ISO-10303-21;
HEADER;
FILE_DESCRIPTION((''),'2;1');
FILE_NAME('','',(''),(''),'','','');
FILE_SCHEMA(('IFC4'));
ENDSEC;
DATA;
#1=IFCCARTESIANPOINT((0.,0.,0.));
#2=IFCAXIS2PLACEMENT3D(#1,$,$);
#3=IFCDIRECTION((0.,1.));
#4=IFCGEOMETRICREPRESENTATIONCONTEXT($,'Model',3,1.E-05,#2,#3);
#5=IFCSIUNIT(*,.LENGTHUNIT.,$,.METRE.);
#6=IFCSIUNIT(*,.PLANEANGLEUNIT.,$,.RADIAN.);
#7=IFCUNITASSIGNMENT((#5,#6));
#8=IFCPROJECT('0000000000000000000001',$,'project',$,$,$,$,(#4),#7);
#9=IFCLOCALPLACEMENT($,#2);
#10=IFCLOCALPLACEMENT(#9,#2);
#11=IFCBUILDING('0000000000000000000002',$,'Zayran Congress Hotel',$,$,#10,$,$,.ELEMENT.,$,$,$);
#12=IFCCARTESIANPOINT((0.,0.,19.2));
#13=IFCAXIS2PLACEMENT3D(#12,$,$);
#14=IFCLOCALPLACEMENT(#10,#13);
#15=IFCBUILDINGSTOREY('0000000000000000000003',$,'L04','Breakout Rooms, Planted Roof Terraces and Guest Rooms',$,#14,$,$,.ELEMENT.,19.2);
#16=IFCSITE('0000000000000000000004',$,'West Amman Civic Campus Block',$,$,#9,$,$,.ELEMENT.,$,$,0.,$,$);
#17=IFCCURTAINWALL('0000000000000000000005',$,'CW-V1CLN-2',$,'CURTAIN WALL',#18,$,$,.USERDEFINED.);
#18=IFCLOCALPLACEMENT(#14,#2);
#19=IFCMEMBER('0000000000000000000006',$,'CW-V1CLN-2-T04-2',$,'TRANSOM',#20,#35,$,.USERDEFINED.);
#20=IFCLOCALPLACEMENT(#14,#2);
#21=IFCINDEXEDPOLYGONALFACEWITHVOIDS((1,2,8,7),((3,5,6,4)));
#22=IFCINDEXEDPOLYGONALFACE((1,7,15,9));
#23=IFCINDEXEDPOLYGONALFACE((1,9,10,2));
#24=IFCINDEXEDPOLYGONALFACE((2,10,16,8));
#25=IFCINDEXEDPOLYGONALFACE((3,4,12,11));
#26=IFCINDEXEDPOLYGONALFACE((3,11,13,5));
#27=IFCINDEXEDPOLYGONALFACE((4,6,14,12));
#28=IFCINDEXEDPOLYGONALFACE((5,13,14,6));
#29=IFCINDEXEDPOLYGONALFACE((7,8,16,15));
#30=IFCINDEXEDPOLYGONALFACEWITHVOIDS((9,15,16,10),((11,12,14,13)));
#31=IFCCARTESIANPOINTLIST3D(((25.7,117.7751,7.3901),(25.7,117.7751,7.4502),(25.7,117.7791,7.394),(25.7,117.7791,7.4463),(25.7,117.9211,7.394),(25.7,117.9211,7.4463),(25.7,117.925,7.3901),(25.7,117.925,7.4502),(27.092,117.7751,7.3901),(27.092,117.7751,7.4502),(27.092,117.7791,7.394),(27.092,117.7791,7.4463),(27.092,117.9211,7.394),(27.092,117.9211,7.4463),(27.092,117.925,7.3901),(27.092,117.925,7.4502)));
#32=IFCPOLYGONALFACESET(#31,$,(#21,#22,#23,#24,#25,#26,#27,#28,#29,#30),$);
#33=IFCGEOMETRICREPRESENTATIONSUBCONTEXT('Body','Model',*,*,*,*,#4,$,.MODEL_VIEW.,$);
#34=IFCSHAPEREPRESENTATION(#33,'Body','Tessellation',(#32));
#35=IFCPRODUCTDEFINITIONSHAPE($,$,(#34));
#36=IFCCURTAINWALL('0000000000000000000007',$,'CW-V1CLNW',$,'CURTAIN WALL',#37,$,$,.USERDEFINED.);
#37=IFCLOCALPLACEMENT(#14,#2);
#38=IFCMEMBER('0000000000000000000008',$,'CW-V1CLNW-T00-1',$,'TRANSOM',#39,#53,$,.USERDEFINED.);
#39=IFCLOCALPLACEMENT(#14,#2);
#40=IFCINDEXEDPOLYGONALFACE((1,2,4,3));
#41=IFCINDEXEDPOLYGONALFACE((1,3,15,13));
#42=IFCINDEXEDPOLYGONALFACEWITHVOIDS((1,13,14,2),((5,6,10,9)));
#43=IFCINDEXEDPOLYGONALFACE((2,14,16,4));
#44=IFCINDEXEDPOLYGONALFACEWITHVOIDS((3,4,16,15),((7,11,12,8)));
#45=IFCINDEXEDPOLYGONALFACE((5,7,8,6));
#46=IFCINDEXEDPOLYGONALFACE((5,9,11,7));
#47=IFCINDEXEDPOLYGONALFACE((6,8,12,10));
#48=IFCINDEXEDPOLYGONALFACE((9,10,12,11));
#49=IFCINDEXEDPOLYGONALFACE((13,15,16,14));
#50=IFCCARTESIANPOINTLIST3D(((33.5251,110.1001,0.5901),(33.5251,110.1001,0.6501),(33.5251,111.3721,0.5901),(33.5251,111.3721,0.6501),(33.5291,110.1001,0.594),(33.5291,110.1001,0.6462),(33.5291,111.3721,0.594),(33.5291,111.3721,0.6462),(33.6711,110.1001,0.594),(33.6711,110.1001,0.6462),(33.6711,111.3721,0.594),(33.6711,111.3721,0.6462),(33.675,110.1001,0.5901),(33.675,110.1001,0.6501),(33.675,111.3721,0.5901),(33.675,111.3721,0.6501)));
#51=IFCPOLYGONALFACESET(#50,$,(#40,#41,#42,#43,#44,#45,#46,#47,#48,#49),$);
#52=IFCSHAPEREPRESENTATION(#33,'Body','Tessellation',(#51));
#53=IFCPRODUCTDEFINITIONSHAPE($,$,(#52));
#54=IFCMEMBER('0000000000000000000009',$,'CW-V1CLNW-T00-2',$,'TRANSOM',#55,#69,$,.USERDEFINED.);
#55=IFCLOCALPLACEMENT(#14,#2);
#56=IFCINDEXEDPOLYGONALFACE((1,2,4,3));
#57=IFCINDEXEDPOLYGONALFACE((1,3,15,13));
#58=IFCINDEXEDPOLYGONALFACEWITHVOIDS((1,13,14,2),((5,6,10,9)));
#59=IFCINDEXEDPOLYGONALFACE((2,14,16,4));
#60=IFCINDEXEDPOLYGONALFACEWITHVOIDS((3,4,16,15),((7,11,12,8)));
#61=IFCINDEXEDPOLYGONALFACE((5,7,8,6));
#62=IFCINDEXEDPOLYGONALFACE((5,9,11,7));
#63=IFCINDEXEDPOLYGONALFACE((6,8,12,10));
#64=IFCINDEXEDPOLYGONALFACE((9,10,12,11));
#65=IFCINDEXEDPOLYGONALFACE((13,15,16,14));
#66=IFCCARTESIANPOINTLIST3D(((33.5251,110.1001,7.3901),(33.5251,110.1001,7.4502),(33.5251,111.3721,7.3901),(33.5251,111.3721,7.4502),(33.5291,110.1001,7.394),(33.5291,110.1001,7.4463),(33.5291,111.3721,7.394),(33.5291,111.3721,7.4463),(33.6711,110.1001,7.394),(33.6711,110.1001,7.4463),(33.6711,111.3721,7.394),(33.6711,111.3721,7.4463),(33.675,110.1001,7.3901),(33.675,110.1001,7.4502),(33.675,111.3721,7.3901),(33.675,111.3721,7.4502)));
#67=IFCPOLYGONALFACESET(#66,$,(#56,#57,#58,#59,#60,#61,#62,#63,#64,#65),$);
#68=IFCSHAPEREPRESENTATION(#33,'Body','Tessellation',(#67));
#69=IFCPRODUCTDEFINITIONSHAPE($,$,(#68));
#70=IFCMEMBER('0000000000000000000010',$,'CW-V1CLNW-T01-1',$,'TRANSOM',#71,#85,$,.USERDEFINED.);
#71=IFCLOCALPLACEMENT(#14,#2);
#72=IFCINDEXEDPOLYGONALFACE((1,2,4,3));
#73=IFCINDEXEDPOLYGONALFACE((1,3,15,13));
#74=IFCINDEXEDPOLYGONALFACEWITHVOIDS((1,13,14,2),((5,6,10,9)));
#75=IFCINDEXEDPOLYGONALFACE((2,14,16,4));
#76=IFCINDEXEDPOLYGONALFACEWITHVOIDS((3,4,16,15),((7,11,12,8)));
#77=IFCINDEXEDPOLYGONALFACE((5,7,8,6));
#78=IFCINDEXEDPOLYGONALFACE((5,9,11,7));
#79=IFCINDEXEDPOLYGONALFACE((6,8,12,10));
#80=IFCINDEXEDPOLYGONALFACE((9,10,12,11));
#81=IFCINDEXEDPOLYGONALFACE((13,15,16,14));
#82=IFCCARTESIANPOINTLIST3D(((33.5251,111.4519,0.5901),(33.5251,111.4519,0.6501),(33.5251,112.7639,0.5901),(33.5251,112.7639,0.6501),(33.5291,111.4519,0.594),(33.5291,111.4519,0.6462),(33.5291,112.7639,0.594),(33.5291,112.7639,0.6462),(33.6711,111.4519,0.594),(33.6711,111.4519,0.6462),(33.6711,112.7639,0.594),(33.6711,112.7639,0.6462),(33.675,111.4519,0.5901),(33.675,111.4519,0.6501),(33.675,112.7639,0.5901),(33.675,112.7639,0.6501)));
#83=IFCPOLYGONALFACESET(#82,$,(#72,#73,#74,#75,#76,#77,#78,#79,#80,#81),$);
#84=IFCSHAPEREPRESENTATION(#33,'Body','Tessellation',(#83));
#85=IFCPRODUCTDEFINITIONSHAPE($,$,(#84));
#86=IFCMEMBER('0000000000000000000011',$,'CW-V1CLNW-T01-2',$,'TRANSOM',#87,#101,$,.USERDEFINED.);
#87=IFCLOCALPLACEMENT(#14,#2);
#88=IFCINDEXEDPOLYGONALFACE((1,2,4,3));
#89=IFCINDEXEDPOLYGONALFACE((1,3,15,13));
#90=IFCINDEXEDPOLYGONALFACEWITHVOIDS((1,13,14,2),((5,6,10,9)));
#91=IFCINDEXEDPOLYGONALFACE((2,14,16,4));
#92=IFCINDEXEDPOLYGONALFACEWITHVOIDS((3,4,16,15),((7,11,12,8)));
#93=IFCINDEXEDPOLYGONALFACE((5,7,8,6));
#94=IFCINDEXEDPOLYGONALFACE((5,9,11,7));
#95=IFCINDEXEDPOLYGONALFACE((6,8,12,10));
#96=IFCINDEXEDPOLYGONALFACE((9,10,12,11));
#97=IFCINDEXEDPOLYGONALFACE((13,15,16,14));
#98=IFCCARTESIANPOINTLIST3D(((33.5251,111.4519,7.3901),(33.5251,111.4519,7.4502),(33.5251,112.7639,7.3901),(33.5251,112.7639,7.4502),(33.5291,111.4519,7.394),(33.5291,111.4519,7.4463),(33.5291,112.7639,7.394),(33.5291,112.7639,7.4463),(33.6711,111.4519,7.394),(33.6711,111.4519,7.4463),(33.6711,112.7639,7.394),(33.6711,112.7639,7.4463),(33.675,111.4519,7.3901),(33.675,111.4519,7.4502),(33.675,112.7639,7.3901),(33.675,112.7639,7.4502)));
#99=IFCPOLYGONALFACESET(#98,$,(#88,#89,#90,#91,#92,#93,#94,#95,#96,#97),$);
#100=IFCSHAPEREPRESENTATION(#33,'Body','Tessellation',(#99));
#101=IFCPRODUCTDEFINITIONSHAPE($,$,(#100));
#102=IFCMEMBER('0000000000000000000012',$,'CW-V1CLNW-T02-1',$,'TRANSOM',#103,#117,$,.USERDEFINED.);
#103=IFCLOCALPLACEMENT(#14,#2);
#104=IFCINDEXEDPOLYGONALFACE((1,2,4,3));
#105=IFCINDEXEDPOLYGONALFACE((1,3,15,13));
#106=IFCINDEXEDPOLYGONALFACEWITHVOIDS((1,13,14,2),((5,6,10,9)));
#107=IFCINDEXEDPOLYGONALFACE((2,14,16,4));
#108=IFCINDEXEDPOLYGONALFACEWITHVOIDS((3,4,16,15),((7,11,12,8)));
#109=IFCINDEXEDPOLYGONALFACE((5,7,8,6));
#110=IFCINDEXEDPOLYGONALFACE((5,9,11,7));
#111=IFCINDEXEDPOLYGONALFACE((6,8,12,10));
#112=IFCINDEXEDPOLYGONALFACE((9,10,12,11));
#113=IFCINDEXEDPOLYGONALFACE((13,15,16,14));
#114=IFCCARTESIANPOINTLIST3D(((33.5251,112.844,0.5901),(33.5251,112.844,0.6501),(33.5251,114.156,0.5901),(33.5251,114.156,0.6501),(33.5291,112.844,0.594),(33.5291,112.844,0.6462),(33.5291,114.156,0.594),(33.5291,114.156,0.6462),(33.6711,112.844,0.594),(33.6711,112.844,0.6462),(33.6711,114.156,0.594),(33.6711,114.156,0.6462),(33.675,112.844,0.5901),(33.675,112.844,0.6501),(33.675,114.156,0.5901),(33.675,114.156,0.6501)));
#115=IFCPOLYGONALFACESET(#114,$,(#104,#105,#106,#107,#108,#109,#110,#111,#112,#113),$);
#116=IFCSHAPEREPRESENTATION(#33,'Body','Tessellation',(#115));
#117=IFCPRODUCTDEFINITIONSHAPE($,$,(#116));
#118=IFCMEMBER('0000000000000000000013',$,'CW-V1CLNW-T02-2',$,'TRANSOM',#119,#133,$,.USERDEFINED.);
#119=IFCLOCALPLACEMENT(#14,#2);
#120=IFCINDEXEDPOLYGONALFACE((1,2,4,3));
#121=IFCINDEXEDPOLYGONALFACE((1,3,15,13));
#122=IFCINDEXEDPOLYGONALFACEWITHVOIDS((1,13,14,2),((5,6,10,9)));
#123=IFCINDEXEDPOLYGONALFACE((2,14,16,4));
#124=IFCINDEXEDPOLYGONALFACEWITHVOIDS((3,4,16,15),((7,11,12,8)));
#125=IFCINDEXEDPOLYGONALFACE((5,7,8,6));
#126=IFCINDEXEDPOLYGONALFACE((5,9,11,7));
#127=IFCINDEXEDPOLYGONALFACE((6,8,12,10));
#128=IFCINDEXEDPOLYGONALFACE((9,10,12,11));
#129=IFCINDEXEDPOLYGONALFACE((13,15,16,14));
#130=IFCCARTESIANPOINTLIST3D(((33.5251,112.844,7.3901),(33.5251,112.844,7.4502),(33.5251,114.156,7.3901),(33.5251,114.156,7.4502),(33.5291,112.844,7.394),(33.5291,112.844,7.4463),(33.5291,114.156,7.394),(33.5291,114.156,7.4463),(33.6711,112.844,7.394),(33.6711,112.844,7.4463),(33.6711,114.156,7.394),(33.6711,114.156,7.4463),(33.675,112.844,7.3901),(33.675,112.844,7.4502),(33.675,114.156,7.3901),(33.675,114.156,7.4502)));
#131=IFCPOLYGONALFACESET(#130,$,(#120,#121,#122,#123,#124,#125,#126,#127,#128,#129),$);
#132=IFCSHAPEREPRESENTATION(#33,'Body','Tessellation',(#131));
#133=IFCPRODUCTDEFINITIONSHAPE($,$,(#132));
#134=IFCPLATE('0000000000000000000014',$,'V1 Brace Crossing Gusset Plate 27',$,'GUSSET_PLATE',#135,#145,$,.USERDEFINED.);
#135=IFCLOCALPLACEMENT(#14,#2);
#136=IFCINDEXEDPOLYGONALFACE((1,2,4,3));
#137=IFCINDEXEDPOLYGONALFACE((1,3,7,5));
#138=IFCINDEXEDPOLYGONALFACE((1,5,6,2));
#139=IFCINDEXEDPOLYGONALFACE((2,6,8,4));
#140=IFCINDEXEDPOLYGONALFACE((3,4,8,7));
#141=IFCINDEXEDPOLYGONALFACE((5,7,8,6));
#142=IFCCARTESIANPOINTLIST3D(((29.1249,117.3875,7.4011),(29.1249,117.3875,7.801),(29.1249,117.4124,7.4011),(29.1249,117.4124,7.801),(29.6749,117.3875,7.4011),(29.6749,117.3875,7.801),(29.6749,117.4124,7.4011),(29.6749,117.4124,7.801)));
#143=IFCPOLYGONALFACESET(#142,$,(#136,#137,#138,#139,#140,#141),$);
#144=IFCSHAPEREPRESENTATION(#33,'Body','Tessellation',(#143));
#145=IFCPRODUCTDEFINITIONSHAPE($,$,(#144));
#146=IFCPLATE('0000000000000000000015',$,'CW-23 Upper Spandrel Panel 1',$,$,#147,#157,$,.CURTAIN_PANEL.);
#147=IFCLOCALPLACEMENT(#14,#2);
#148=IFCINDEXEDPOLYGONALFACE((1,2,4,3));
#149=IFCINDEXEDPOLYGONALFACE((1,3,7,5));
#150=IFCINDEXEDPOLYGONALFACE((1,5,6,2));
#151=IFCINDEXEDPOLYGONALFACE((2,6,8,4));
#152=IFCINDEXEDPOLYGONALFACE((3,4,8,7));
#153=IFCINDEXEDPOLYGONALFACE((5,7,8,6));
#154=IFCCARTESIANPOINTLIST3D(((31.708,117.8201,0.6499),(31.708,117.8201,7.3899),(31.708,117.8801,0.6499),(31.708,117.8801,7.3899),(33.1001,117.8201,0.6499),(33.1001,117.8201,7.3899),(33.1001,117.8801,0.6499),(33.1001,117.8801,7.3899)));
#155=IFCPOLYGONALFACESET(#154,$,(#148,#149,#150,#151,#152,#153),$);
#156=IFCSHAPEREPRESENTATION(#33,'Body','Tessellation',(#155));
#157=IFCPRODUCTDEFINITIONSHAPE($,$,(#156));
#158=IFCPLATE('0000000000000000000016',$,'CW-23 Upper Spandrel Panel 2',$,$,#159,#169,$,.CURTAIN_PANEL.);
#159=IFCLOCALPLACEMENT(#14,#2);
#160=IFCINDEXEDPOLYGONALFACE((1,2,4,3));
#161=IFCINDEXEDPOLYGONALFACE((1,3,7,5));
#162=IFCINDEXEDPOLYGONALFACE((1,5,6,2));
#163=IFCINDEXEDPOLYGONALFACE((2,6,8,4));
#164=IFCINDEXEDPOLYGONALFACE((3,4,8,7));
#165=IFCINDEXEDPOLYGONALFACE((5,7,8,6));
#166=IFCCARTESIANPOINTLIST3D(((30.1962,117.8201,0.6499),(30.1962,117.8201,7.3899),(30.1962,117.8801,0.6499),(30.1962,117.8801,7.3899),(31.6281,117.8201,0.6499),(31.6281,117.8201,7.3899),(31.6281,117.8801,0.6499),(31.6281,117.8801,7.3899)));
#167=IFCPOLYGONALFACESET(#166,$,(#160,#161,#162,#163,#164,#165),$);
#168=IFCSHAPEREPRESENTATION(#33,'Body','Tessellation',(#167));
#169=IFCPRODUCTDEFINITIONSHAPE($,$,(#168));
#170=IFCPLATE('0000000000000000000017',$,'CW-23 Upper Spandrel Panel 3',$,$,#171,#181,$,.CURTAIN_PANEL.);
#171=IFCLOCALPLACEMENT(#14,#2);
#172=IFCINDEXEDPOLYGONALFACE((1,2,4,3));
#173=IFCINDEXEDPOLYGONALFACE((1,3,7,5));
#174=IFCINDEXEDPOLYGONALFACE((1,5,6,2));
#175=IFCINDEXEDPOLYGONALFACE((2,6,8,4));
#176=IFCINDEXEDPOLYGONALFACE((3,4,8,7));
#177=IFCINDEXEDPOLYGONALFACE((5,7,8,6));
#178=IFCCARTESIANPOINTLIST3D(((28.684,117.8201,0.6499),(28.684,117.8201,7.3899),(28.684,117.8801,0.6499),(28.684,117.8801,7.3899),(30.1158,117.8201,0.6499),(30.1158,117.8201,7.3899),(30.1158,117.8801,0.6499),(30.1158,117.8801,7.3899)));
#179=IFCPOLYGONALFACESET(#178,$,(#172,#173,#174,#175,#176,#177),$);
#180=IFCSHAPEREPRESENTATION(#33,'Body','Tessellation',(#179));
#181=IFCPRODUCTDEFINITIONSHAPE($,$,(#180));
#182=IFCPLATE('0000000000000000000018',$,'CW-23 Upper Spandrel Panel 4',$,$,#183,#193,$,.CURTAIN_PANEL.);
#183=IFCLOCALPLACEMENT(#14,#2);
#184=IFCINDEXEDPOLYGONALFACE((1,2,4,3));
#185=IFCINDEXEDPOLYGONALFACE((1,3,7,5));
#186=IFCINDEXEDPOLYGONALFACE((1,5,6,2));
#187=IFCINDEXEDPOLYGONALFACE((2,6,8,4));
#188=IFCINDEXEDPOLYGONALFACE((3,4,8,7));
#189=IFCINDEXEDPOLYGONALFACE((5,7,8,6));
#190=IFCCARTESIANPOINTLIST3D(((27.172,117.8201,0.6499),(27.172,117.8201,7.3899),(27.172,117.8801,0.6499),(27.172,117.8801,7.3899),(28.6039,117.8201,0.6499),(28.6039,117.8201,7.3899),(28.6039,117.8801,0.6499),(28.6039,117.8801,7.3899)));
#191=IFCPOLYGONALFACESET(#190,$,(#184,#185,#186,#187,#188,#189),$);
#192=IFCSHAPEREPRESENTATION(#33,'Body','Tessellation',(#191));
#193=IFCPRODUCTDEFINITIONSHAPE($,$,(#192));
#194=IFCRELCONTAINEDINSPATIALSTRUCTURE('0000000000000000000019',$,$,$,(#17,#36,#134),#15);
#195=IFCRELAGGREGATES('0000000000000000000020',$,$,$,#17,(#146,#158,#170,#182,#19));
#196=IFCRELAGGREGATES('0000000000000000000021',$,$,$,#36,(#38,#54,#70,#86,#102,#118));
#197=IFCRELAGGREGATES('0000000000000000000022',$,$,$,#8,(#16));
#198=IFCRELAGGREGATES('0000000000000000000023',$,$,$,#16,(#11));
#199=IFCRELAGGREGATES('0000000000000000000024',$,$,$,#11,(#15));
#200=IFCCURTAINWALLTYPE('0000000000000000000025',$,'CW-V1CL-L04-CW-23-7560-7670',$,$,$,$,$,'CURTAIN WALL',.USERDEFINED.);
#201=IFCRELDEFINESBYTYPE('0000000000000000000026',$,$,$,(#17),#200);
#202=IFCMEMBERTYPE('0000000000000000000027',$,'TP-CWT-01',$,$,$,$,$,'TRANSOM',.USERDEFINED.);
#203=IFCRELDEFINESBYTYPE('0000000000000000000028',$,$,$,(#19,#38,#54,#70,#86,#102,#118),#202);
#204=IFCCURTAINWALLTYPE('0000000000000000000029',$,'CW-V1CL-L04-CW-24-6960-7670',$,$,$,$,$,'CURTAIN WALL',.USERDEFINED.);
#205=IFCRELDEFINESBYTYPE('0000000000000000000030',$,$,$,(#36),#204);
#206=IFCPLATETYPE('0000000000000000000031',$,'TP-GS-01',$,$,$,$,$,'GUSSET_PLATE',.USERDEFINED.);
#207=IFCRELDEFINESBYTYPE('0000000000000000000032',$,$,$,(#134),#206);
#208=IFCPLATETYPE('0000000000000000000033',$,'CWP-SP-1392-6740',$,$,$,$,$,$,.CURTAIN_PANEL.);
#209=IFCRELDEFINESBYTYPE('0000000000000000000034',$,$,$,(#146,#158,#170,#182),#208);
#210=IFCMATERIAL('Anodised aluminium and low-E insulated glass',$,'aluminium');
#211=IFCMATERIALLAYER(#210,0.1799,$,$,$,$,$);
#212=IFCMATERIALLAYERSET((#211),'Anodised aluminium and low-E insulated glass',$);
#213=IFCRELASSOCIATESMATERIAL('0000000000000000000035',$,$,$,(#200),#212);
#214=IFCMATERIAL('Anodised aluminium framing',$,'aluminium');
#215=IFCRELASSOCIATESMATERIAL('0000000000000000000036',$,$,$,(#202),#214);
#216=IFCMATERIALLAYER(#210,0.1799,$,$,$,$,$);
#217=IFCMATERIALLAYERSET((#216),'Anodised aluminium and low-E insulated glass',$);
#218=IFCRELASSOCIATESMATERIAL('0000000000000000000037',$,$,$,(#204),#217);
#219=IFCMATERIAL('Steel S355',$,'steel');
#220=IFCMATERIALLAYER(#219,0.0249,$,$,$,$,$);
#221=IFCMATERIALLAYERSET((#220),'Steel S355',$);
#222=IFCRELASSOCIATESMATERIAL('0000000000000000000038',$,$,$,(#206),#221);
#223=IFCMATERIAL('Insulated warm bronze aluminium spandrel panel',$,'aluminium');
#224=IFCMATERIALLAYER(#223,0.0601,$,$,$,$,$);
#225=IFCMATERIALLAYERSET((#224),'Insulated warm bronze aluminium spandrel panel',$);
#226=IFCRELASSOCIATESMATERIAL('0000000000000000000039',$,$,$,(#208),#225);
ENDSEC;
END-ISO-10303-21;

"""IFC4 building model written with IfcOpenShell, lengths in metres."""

from ifc_helpers import new_model, si_unit, direction, frame, origin, origin_2d, place, context, subcontext, project, spatial, rectangle, hollow_rectangle, extrude, material, layer, layer_set, material_profile, profile_set, type_object, element, aggregate, save


model = new_model("IFC4")

# Units and contexts
model_context = context("Model", 3, precision=1e-05, world=origin(), true_north=direction((0.0, 1.0)))
body_context = subcontext(model_context, "Body", "Model", "MODEL_VIEW")
ifc_project = project(units=[si_unit("LENGTHUNIT", "METRE"), si_unit("PLANEANGLEUNIT", "RADIAN")], contexts=[model_context])

# Site, building, storey
site_placement = place(None, origin())
site = spatial("IfcSite", under=ifc_project, at=site_placement, Name="West Amman Civic Campus Block", CompositionType="ELEMENT", RefElevation=0.0)
building_placement = place(site_placement, origin())
building = spatial("IfcBuilding", under=site, at=building_placement, Name="Zayran Congress Hotel", CompositionType="ELEMENT")
storey_placement = place(building_placement, frame((0.0, 0.0, 19.2)))
storey = spatial("IfcBuildingStorey", under=building, at=storey_placement, Name="L04", Description="Breakout Rooms, Planted Roof Terraces and Guest Rooms", CompositionType="ELEMENT", Elevation=19.2)

# Shared definitions
ifc_material_1 = material(Name="Steel S355", Category="steel")

# Curtain walls, members
ifc_material_2 = material(Name="Anodised aluminium and low-E insulated glass", Category="aluminium")
ifc_layer_1 = layer(ifc_material_2, 0.1799)
ifc_layer_set_1 = layer_set([ifc_layer_1], Name="Anodised aluminium and low-E insulated glass")
curtain_wall_type_1 = type_object("IfcCurtainWallType", Name="CW-V1CL-L04-CW-23-7560-7670", ElementType="CURTAIN WALL", PredefinedType="USERDEFINED", material=ifc_layer_set_1)
curtain_wall_1_placement = place(storey_placement, origin())
curtain_wall_1 = element("IfcCurtainWall", 1, at=curtain_wall_1_placement, inside=storey, type_object=curtain_wall_type_1, Name="CW-V1CLN-2", ObjectType="CURTAIN WALL", PredefinedType="USERDEFINED")
ifc_material_3 = material(Name="Anodised aluminium framing", Category="aluminium")
ifc_material_profile_1 = material_profile(ifc_material_3, hollow_rectangle(XDim=0.0601, YDim=0.1499, WallThickness=0.0039, at=origin_2d()), Name="RHS 150x60x4")
ifc_profile_set_1 = profile_set([ifc_material_profile_1], Name="Anodised aluminium framing")
member_type_1 = type_object("IfcMemberType", Name="TP-CWT-01", ElementType="TRANSOM", PredefinedType="USERDEFINED", material=ifc_profile_set_1)
member_1_placement = place(storey_placement, frame((27.092, 117.8501, 7.4202), z_axis=(-1.0, 0.0, 0.0), x_axis=(0.0, 0.0, 1.0)))
member_1 = element("IfcMember", 2, at=member_1_placement, type_object=member_type_1, Name="CW-V1CLN-2-T04-2", ObjectType="TRANSOM", PredefinedType="USERDEFINED", context=body_context, shape_type="SweptSolid", body=[
    extrude(hollow_rectangle(XDim=0.0601, YDim=0.1499, WallThickness=0.0039, at=origin_2d()), origin(), (0.0, 0.0, 1.0), 1.3921),
])
ifc_layer_2 = layer(ifc_material_2, 0.1799)
ifc_layer_set_2 = layer_set([ifc_layer_2], Name="Anodised aluminium and low-E insulated glass")
curtain_wall_type_2 = type_object("IfcCurtainWallType", Name="CW-V1CL-L04-CW-24-6960-7670", ElementType="CURTAIN WALL", PredefinedType="USERDEFINED", material=ifc_layer_set_2)
curtain_wall_2_placement = place(storey_placement, origin())
curtain_wall_2 = element("IfcCurtainWall", 3, at=curtain_wall_2_placement, inside=storey, type_object=curtain_wall_type_2, Name="CW-V1CLNW", ObjectType="CURTAIN WALL", PredefinedType="USERDEFINED")
member_2_placement = place(storey_placement, frame((33.6001, 110.1001, 0.6201), z_axis=(0.0, 1.0, 0.0), x_axis=(0.0, 0.0, 1.0)))
member_2 = element("IfcMember", 4, at=member_2_placement, type_object=member_type_1, Name="CW-V1CLNW-T00-1", ObjectType="TRANSOM", PredefinedType="USERDEFINED", context=body_context, shape_type="SweptSolid", body=[
    extrude(hollow_rectangle(XDim=0.0601, YDim=0.1499, WallThickness=0.0039, at=origin_2d()), origin(), (0.0, 0.0, 1.0), 1.272),
])
member_3_placement = place(storey_placement, frame((33.6001, 110.1001, 7.4202), z_axis=(0.0, 1.0, 0.0), x_axis=(0.0, 0.0, 1.0)))
member_3 = element("IfcMember", 5, at=member_3_placement, type_object=member_type_1, Name="CW-V1CLNW-T00-2", ObjectType="TRANSOM", PredefinedType="USERDEFINED", context=body_context, shape_type="SweptSolid", body=[
    extrude(hollow_rectangle(XDim=0.0601, YDim=0.1499, WallThickness=0.0039, at=origin_2d()), origin(), (0.0, 0.0, 1.0), 1.272),
])
member_4_placement = place(storey_placement, frame((33.6001, 111.4519, 0.6201), z_axis=(0.0, 1.0, 0.0), x_axis=(0.0, 0.0, 1.0)))
member_4 = element("IfcMember", 6, at=member_4_placement, type_object=member_type_1, Name="CW-V1CLNW-T01-1", ObjectType="TRANSOM", PredefinedType="USERDEFINED", context=body_context, shape_type="SweptSolid", body=[
    extrude(hollow_rectangle(XDim=0.0601, YDim=0.1499, WallThickness=0.0039, at=origin_2d()), origin(), (0.0, 0.0, 1.0), 1.312),
])
member_5_placement = place(storey_placement, frame((33.6001, 111.4519, 7.4202), z_axis=(0.0, 1.0, 0.0), x_axis=(0.0, 0.0, 1.0)))
member_5 = element("IfcMember", 7, at=member_5_placement, type_object=member_type_1, Name="CW-V1CLNW-T01-2", ObjectType="TRANSOM", PredefinedType="USERDEFINED", context=body_context, shape_type="SweptSolid", body=[
    extrude(hollow_rectangle(XDim=0.0601, YDim=0.1499, WallThickness=0.0039, at=origin_2d()), origin(), (0.0, 0.0, 1.0), 1.312),
])
member_6_placement = place(storey_placement, frame((33.6001, 112.844, 0.6201), z_axis=(0.0, 1.0, 0.0), x_axis=(0.0, 0.0, 1.0)))
member_6 = element("IfcMember", 8, at=member_6_placement, type_object=member_type_1, Name="CW-V1CLNW-T02-1", ObjectType="TRANSOM", PredefinedType="USERDEFINED", context=body_context, shape_type="SweptSolid", body=[
    extrude(hollow_rectangle(XDim=0.0601, YDim=0.1499, WallThickness=0.0039, at=origin_2d()), origin(), (0.0, 0.0, 1.0), 1.312),
])
member_7_placement = place(storey_placement, frame((33.6001, 112.844, 7.4202), z_axis=(0.0, 1.0, 0.0), x_axis=(0.0, 0.0, 1.0)))
member_7 = element("IfcMember", 9, at=member_7_placement, type_object=member_type_1, Name="CW-V1CLNW-T02-2", ObjectType="TRANSOM", PredefinedType="USERDEFINED", context=body_context, shape_type="SweptSolid", body=[
    extrude(hollow_rectangle(XDim=0.0601, YDim=0.1499, WallThickness=0.0039, at=origin_2d()), origin(), (0.0, 0.0, 1.0), 1.312),
])

# Plates
ifc_layer_3 = layer(ifc_material_1, 0.0249)
ifc_layer_set_3 = layer_set([ifc_layer_3], Name="Steel S355")
plate_type_1 = type_object("IfcPlateType", Name="TP-GS-01", ElementType="GUSSET_PLATE", PredefinedType="USERDEFINED", material=ifc_layer_set_3)
plate_1_placement = place(storey_placement, frame((29.3999, 117.3999, 7.4011), z_axis=(0.0, 0.0, 1.0), x_axis=(1.0, 0.0, 0.0)))
element("IfcPlate", 10, at=plate_1_placement, inside=storey, type_object=plate_type_1, Name="V1 Brace Crossing Gusset Plate 27", ObjectType="GUSSET_PLATE", PredefinedType="USERDEFINED", context=body_context, shape_type="SweptSolid", body=[
    extrude(rectangle(XDim=0.55, YDim=0.0249, at=origin_2d()), origin(), (0.0, 0.0, 1.0), 0.3999),
])
ifc_material_4 = material(Name="Insulated warm bronze aluminium spandrel panel", Category="aluminium")
ifc_layer_4 = layer(ifc_material_4, 0.0601)
ifc_layer_set_4 = layer_set([ifc_layer_4], Name="Insulated warm bronze aluminium spandrel panel")
plate_type_2 = type_object("IfcPlateType", Name="CWP-SP-1392-6740", PredefinedType="CURTAIN_PANEL", material=ifc_layer_set_4)
plate_2_placement = place(storey_placement, frame((32.4041, 117.8501, 0.6499), z_axis=(0.0, 0.0, 1.0), x_axis=(1.0, 0.0, 0.0)))
plate_2 = element("IfcPlate", 11, at=plate_2_placement, type_object=plate_type_2, Name="CW-23 Upper Spandrel Panel 1", PredefinedType="CURTAIN_PANEL", context=body_context, shape_type="SweptSolid", body=[
    extrude(rectangle(XDim=1.3921, YDim=0.0601, at=origin_2d()), origin(), (0.0, 0.0, 1.0), 6.74),
])
plate_3_placement = place(storey_placement, frame((30.9121, 117.8501, 0.6499), z_axis=(0.0, 0.0, 1.0), x_axis=(1.0, 0.0, 0.0)))
plate_3 = element("IfcPlate", 12, at=plate_3_placement, type_object=plate_type_2, Name="CW-23 Upper Spandrel Panel 2", PredefinedType="CURTAIN_PANEL", context=body_context, shape_type="SweptSolid", body=[
    extrude(rectangle(XDim=1.4319, YDim=0.0601, at=origin_2d()), origin(), (0.0, 0.0, 1.0), 6.74),
])
plate_4_placement = place(storey_placement, frame((29.3999, 117.8501, 0.6499), z_axis=(0.0, 0.0, 1.0), x_axis=(1.0, 0.0, 0.0)))
plate_4 = element("IfcPlate", 13, at=plate_4_placement, type_object=plate_type_2, Name="CW-23 Upper Spandrel Panel 3", PredefinedType="CURTAIN_PANEL", context=body_context, shape_type="SweptSolid", body=[
    extrude(rectangle(XDim=1.4319, YDim=0.0601, at=origin_2d()), origin(), (0.0, 0.0, 1.0), 6.74),
])
plate_5_placement = place(storey_placement, frame((27.8879, 117.8501, 0.6499), z_axis=(0.0, 0.0, 1.0), x_axis=(1.0, 0.0, 0.0)))
plate_5 = element("IfcPlate", 14, at=plate_5_placement, type_object=plate_type_2, Name="CW-23 Upper Spandrel Panel 4", PredefinedType="CURTAIN_PANEL", context=body_context, shape_type="SweptSolid", body=[
    extrude(rectangle(XDim=1.4319, YDim=0.0601, at=origin_2d()), origin(), (0.0, 0.0, 1.0), 6.74),
])
aggregate(curtain_wall_1, [plate_2, plate_3, plate_4, plate_5, member_1])
aggregate(curtain_wall_2, [member_2, member_3, member_4, member_5, member_6, member_7])

save(model, "model.ifc")
